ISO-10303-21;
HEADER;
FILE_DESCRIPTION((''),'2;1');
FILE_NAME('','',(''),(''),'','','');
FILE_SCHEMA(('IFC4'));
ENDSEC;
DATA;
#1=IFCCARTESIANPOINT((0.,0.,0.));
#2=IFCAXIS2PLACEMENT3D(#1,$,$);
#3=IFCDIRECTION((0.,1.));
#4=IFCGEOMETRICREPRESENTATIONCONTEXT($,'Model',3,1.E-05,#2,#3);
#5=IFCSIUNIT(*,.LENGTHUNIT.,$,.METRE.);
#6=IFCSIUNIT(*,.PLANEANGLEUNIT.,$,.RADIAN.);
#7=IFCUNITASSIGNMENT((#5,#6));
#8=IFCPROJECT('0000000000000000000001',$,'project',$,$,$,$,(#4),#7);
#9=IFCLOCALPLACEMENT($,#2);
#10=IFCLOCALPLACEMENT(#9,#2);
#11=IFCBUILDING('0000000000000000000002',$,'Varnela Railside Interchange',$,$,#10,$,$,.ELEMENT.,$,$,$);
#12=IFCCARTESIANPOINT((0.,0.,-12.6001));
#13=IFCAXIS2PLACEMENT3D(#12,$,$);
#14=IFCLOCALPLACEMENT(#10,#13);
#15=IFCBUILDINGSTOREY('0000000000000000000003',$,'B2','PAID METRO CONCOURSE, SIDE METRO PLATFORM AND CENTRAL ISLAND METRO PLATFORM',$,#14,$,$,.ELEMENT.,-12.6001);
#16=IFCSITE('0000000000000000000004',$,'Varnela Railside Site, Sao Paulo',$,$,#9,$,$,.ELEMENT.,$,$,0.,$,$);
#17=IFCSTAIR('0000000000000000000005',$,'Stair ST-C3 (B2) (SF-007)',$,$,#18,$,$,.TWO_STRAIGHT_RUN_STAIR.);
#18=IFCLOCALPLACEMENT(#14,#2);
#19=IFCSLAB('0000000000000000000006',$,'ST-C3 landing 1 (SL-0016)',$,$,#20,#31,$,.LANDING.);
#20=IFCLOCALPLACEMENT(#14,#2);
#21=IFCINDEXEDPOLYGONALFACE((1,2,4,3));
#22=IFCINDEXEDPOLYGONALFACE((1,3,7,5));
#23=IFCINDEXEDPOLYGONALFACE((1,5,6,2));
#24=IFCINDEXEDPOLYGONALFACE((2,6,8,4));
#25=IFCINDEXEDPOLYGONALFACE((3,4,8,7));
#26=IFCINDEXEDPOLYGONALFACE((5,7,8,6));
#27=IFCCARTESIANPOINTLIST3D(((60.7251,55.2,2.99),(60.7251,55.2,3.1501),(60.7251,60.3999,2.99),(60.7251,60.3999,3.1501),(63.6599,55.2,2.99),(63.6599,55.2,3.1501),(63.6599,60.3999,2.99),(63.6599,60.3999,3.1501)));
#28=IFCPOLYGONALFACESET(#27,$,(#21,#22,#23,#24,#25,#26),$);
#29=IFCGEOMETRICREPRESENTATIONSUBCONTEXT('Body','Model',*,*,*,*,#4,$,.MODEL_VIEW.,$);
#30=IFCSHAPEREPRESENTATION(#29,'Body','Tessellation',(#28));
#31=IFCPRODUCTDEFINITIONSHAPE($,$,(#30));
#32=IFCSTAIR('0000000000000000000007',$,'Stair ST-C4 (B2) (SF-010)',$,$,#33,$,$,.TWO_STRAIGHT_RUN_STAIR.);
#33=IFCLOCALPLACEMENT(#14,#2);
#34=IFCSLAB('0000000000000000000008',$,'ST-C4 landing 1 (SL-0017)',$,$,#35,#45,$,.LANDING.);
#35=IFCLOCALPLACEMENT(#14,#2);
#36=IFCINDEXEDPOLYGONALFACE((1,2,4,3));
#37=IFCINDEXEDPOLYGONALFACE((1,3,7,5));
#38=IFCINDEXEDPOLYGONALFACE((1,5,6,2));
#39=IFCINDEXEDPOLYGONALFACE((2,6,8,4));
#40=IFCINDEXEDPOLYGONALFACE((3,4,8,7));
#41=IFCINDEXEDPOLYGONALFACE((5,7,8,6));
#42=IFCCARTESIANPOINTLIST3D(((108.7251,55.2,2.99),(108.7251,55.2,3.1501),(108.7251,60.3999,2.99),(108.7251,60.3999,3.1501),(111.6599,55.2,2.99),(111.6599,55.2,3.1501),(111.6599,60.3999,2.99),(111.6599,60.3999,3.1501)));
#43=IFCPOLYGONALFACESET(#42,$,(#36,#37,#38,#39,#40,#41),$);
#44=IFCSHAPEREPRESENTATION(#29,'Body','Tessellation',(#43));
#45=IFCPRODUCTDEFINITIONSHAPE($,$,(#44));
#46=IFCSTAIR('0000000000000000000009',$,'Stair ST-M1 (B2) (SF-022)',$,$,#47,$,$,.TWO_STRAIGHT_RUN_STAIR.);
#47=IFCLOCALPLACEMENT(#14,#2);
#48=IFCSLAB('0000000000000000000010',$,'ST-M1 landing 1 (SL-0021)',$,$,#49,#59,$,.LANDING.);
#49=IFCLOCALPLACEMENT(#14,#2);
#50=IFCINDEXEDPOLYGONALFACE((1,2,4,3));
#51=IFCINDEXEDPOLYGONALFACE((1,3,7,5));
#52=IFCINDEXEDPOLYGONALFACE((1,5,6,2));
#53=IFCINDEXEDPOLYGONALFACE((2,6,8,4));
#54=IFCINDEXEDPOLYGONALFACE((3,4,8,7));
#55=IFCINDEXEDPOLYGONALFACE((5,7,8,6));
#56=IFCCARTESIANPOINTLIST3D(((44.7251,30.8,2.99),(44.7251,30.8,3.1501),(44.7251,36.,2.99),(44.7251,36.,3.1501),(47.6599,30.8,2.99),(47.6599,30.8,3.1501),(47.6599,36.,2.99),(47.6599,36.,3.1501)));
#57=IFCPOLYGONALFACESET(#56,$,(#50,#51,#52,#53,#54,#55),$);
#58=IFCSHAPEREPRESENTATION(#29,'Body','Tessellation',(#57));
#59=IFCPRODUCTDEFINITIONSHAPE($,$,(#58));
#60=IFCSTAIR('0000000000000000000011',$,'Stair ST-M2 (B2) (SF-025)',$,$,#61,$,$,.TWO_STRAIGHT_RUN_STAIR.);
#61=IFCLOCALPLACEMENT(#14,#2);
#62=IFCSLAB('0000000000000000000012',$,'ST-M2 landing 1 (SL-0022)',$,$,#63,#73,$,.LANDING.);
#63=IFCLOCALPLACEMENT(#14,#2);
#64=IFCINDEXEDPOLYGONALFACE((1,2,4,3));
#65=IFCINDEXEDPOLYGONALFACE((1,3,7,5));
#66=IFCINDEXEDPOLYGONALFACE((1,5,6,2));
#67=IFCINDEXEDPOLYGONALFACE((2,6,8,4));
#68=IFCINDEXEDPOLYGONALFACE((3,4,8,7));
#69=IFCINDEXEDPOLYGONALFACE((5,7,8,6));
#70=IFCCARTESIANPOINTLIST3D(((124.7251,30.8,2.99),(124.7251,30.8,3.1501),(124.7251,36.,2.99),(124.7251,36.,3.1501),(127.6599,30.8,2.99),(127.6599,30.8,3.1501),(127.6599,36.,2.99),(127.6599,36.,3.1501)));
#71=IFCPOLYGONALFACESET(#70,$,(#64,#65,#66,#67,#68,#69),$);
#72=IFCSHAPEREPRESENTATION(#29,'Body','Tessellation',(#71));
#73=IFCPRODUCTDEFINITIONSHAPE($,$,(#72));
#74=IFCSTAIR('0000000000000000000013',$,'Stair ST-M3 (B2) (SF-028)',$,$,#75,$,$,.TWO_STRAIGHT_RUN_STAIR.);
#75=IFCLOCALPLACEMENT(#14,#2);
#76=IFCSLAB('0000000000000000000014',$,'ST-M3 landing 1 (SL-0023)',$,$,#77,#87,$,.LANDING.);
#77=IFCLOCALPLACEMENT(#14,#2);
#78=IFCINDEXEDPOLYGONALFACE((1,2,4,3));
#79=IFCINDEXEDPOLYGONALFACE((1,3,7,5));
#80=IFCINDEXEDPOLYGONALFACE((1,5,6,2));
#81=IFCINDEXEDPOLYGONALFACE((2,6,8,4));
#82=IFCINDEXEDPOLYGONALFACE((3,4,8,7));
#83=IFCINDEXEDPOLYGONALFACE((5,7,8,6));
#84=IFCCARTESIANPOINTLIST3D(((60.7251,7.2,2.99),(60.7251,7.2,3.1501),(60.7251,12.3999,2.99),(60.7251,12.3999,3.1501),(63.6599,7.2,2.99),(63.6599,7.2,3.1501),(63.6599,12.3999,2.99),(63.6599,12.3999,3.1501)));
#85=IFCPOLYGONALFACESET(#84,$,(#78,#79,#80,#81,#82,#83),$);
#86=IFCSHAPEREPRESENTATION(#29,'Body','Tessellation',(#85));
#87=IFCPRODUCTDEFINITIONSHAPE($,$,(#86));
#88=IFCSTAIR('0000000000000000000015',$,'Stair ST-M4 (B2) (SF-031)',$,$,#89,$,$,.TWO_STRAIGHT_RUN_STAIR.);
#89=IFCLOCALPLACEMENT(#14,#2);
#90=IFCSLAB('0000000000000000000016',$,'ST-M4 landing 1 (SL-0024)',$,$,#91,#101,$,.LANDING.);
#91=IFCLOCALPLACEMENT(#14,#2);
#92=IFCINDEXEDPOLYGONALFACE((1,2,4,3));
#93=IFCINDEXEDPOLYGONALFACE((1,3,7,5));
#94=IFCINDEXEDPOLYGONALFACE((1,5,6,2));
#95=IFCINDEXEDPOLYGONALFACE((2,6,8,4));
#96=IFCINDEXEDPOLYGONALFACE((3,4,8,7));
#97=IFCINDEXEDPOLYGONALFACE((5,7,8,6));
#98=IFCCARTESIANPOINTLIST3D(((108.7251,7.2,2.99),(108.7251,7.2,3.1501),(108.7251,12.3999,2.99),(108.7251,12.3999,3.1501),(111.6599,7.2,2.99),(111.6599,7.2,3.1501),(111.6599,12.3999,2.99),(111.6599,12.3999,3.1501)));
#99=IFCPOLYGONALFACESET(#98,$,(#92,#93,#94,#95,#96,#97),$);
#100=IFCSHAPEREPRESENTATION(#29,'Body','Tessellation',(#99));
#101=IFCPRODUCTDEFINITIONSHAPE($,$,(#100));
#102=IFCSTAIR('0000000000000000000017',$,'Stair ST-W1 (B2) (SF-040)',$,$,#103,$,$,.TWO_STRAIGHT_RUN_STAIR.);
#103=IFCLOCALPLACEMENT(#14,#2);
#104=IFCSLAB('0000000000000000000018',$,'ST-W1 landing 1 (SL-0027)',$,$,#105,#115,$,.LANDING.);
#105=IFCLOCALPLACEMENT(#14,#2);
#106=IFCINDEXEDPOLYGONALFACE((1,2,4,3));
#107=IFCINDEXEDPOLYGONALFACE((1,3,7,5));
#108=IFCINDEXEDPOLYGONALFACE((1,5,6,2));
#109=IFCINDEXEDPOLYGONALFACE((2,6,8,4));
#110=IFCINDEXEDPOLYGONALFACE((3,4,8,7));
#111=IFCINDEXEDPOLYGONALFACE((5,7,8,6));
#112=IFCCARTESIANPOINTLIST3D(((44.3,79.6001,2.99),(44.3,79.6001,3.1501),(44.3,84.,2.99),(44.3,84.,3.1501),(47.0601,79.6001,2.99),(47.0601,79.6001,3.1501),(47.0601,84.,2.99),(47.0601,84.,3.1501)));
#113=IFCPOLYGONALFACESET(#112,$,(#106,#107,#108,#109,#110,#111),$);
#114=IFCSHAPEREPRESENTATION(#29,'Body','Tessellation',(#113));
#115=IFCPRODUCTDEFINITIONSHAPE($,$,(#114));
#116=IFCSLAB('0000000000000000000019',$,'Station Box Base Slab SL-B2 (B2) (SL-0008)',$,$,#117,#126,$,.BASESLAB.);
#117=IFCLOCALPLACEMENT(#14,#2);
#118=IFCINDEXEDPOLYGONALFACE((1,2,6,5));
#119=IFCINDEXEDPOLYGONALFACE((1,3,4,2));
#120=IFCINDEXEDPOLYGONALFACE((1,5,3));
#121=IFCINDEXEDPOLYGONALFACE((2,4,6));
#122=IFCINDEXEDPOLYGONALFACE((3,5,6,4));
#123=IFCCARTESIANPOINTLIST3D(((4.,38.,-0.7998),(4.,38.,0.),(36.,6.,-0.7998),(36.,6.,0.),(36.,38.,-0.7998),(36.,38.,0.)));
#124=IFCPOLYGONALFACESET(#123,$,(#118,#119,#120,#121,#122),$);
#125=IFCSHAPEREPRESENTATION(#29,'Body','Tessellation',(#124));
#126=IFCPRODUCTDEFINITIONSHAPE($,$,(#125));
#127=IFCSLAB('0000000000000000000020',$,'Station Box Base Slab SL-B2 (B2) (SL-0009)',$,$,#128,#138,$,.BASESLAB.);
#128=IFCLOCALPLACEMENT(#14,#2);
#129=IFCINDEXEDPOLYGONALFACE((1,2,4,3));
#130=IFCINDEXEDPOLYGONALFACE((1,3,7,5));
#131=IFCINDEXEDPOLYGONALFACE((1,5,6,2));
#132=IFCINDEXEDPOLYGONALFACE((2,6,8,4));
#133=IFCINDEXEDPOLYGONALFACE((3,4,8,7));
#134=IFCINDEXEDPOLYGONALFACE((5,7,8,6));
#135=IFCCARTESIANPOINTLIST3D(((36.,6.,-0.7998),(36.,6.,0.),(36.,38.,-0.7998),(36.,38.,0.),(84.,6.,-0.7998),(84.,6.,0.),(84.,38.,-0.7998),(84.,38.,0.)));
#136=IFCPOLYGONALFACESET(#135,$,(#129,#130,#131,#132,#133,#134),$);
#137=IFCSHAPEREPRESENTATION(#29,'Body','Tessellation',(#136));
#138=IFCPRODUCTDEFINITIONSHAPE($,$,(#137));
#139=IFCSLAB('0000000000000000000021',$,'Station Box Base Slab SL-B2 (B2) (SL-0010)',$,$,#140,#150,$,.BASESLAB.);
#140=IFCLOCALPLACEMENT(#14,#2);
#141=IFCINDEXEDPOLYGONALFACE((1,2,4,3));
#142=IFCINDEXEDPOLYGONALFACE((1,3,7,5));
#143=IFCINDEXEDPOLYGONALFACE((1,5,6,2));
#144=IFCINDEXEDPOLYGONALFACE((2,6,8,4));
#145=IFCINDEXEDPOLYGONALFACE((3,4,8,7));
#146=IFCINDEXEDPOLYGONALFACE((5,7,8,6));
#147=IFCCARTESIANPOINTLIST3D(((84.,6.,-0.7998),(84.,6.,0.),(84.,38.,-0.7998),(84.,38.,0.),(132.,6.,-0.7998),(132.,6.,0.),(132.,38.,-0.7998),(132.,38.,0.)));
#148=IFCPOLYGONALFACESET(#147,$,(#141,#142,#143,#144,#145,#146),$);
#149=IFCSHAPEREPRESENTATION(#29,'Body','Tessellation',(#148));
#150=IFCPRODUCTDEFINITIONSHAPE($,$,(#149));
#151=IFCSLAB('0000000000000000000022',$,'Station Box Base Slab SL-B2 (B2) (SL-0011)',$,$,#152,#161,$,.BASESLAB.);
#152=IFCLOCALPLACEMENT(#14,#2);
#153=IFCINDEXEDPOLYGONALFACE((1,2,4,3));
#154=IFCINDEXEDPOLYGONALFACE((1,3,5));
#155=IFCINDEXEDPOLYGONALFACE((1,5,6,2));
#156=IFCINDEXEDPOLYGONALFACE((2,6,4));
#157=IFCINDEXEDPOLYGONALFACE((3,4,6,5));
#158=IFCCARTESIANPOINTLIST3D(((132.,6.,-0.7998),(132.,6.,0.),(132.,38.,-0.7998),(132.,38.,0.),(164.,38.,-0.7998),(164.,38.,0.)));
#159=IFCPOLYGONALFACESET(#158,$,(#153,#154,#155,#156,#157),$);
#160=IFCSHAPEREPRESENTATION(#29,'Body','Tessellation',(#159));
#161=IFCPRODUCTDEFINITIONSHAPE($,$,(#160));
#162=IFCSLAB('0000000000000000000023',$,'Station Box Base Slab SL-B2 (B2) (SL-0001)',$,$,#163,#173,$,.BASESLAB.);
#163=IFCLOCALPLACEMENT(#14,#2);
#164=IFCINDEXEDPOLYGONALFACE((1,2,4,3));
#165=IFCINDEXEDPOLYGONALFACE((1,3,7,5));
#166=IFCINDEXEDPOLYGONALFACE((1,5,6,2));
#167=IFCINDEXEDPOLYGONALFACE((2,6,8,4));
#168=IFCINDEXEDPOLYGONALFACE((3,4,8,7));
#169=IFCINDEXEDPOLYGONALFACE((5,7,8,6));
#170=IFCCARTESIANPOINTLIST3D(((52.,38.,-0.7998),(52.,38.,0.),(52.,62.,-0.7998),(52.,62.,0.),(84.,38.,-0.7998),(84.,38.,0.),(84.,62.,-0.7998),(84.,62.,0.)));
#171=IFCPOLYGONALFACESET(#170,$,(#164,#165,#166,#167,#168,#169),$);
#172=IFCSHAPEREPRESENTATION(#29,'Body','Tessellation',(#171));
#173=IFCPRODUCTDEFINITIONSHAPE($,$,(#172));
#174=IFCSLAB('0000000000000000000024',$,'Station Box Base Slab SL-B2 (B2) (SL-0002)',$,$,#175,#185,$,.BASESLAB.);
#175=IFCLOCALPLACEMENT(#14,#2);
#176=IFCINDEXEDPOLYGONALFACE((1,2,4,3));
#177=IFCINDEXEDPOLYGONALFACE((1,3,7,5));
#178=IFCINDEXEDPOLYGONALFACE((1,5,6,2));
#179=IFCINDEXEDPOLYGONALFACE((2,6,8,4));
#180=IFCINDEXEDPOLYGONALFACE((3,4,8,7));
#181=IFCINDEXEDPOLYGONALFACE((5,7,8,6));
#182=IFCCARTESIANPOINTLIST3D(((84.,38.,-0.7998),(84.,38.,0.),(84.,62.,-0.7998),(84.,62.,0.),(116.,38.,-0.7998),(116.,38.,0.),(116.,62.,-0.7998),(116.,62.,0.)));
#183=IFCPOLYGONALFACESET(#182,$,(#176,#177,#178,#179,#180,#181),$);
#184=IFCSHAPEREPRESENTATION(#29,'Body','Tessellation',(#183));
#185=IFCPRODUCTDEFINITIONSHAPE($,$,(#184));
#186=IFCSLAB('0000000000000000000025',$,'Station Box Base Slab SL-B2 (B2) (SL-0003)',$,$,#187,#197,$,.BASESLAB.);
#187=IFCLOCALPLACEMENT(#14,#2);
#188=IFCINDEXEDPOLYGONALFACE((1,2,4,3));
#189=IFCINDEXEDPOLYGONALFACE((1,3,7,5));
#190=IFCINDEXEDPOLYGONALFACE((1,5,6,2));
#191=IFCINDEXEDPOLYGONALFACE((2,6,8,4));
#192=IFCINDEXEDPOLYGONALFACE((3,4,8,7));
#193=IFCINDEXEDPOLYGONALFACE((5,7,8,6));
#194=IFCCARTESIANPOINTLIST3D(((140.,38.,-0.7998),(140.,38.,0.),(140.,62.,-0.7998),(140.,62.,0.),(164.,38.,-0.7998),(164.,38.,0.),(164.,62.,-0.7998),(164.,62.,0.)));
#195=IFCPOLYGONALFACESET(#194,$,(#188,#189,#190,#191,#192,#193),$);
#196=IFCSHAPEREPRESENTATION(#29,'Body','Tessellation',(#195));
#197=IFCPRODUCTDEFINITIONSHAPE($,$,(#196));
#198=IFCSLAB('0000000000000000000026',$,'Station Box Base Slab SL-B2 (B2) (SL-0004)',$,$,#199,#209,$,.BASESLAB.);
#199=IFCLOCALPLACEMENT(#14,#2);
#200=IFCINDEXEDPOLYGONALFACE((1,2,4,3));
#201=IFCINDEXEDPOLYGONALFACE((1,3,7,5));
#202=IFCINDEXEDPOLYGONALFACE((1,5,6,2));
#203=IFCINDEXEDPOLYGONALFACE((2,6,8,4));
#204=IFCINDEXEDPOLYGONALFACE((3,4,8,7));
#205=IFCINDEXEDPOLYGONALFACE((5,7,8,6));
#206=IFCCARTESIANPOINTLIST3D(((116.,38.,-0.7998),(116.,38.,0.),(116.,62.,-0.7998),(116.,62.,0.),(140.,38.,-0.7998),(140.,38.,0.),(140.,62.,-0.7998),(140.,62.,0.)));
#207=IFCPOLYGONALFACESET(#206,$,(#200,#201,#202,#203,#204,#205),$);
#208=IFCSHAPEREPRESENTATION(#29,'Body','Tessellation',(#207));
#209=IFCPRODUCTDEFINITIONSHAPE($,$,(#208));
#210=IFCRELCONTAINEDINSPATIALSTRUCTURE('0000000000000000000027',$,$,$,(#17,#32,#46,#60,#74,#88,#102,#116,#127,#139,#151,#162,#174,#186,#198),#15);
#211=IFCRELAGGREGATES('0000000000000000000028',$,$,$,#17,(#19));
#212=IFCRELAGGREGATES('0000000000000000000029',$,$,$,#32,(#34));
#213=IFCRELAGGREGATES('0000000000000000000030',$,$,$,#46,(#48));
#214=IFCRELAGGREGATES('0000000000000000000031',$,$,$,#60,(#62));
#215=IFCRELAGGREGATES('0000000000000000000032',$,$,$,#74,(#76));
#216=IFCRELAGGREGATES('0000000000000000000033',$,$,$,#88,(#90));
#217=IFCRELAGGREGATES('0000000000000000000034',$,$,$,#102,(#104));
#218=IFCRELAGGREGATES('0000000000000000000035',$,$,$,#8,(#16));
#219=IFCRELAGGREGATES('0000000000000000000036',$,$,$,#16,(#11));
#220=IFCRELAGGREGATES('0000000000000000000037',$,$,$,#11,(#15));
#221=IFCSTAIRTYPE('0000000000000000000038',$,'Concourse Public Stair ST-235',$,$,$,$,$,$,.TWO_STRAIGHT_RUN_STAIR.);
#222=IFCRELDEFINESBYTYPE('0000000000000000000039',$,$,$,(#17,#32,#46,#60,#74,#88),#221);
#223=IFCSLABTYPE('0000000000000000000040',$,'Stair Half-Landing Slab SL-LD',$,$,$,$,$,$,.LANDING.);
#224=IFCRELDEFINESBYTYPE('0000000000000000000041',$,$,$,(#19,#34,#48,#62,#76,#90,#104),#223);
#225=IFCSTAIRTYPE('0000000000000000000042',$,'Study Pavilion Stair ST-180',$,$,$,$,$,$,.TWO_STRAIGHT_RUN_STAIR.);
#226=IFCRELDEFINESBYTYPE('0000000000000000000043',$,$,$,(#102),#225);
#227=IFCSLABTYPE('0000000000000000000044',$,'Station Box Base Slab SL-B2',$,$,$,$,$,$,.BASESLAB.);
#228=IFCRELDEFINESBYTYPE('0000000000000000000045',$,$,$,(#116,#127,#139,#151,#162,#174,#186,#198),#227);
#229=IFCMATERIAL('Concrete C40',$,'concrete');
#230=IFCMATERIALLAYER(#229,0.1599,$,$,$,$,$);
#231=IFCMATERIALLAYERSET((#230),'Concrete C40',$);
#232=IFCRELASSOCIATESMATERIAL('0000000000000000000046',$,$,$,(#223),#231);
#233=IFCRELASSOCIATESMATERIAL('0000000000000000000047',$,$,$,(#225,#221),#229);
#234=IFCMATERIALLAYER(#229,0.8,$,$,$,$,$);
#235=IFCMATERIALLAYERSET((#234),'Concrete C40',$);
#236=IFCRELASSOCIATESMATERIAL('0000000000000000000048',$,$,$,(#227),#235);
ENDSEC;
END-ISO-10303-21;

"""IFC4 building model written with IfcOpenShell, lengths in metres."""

from ifc_helpers import new_model, si_unit, direction, frame, origin, place, context, subcontext, project, spatial, polyline, outline, extrude, material, layer, layer_set, type_object, element, aggregate, save


model = new_model("IFC4")

# Units and contexts
model_context = context("Model", 3, precision=1e-05, world=origin(), true_north=direction((0.0, 1.0)))
body_context = subcontext(model_context, "Body", "Model", "MODEL_VIEW")
ifc_project = project(units=[si_unit("LENGTHUNIT", "METRE"), si_unit("PLANEANGLEUNIT", "RADIAN")], contexts=[model_context])

# Site, building, storey
site_placement = place(None, origin())
site = spatial("IfcSite", under=ifc_project, at=site_placement, Name="Varnela Railside Site, Sao Paulo", CompositionType="ELEMENT", RefElevation=0.0)
building_placement = place(site_placement, origin())
building = spatial("IfcBuilding", under=site, at=building_placement, Name="Varnela Railside Interchange", CompositionType="ELEMENT")
storey_placement = place(building_placement, frame((0.0, 0.0, -12.6001)))
storey = spatial("IfcBuildingStorey", under=building, at=storey_placement, Name="B2", Description="PAID METRO CONCOURSE, SIDE METRO PLATFORM AND CENTRAL ISLAND METRO PLATFORM", CompositionType="ELEMENT", Elevation=-12.6001)

# Shared definitions
ifc_material_1 = material(Name="Concrete C40", Category="concrete")

# Stairs, slabs
ifc_layer_1 = layer(ifc_material_1, 0.1599)
ifc_layer_set_1 = layer_set([ifc_layer_1], Name="Concrete C40")
slab_type_1 = type_object("IfcSlabType", Name="Stair Half-Landing Slab SL-LD", PredefinedType="LANDING", material=ifc_layer_set_1)
stair_type_1 = type_object("IfcStairType", Name="Study Pavilion Stair ST-180", PredefinedType="TWO_STRAIGHT_RUN_STAIR", material=ifc_material_1)
stair_type_2 = type_object("IfcStairType", Name="Concourse Public Stair ST-235", PredefinedType="TWO_STRAIGHT_RUN_STAIR", material=ifc_material_1)
stair_1_placement = place(storey_placement, origin())
stair_1 = element("IfcStair", 1, at=stair_1_placement, inside=storey, type_object=stair_type_2, Name="Stair ST-C3 (B2) (SF-007)", PredefinedType="TWO_STRAIGHT_RUN_STAIR")
slab_1_placement = place(storey_placement, frame((0.0, 0.0, 2.99)))
slab_1 = element("IfcSlab", 2, at=slab_1_placement, type_object=slab_type_1, Name="ST-C3 landing 1 (SL-0016)", PredefinedType="LANDING", context=body_context, shape_type="SweptSolid", body=[
    extrude(outline(polyline([(60.7251, 55.2), (63.6599, 55.2), (63.6599, 60.3999), (60.7251, 60.3999), (60.7251, 55.2)])), origin(), (0.0, 0.0, 1.0), 0.1602),
])
aggregate(stair_1, [slab_1])
stair_2_placement = place(storey_placement, origin())
stair_2 = element("IfcStair", 3, at=stair_2_placement, inside=storey, type_object=stair_type_2, Name="Stair ST-C4 (B2) (SF-010)", PredefinedType="TWO_STRAIGHT_RUN_STAIR")
slab_2_placement = place(storey_placement, frame((0.0, 0.0, 2.99)))
slab_2 = element("IfcSlab", 4, at=slab_2_placement, type_object=slab_type_1, Name="ST-C4 landing 1 (SL-0017)", PredefinedType="LANDING", context=body_context, shape_type="SweptSolid", body=[
    extrude(outline(polyline([(108.7251, 55.2), (111.6599, 55.2), (111.6599, 60.3999), (108.7251, 60.3999), (108.7251, 55.2)])), origin(), (0.0, 0.0, 1.0), 0.1602),
])
aggregate(stair_2, [slab_2])
stair_3_placement = place(storey_placement, origin())
stair_3 = element("IfcStair", 5, at=stair_3_placement, inside=storey, type_object=stair_type_2, Name="Stair ST-M1 (B2) (SF-022)", PredefinedType="TWO_STRAIGHT_RUN_STAIR")
slab_3_placement = place(storey_placement, frame((0.0, 0.0, 2.99)))
slab_3 = element("IfcSlab", 6, at=slab_3_placement, type_object=slab_type_1, Name="ST-M1 landing 1 (SL-0021)", PredefinedType="LANDING", context=body_context, shape_type="SweptSolid", body=[
    extrude(outline(polyline([(44.7251, 30.8), (47.6599, 30.8), (47.6599, 36.0), (44.7251, 36.0), (44.7251, 30.8)])), origin(), (0.0, 0.0, 1.0), 0.1602),
])
aggregate(stair_3, [slab_3])
stair_4_placement = place(storey_placement, origin())
stair_4 = element("IfcStair", 7, at=stair_4_placement, inside=storey, type_object=stair_type_2, Name="Stair ST-M2 (B2) (SF-025)", PredefinedType="TWO_STRAIGHT_RUN_STAIR")
slab_4_placement = place(storey_placement, frame((0.0, 0.0, 2.99)))
slab_4 = element("IfcSlab", 8, at=slab_4_placement, type_object=slab_type_1, Name="ST-M2 landing 1 (SL-0022)", PredefinedType="LANDING", context=body_context, shape_type="SweptSolid", body=[
    extrude(outline(polyline([(124.7251, 30.8), (127.6599, 30.8), (127.6599, 36.0), (124.7251, 36.0), (124.7251, 30.8)])), origin(), (0.0, 0.0, 1.0), 0.1602),
])
aggregate(stair_4, [slab_4])
stair_5_placement = place(storey_placement, origin())
stair_5 = element("IfcStair", 9, at=stair_5_placement, inside=storey, type_object=stair_type_2, Name="Stair ST-M3 (B2) (SF-028)", PredefinedType="TWO_STRAIGHT_RUN_STAIR")
slab_5_placement = place(storey_placement, frame((0.0, 0.0, 2.99)))
slab_5 = element("IfcSlab", 10, at=slab_5_placement, type_object=slab_type_1, Name="ST-M3 landing 1 (SL-0023)", PredefinedType="LANDING", context=body_context, shape_type="SweptSolid", body=[
    extrude(outline(polyline([(60.7251, 7.2), (63.6599, 7.2), (63.6599, 12.3999), (60.7251, 12.3999), (60.7251, 7.2)])), origin(), (0.0, 0.0, 1.0), 0.1602),
])
aggregate(stair_5, [slab_5])
stair_6_placement = place(storey_placement, origin())
stair_6 = element("IfcStair", 11, at=stair_6_placement, inside=storey, type_object=stair_type_2, Name="Stair ST-M4 (B2) (SF-031)", PredefinedType="TWO_STRAIGHT_RUN_STAIR")
slab_6_placement = place(storey_placement, frame((0.0, 0.0, 2.99)))
slab_6 = element("IfcSlab", 12, at=slab_6_placement, type_object=slab_type_1, Name="ST-M4 landing 1 (SL-0024)", PredefinedType="LANDING", context=body_context, shape_type="SweptSolid", body=[
    extrude(outline(polyline([(108.7251, 7.2), (111.6599, 7.2), (111.6599, 12.3999), (108.7251, 12.3999), (108.7251, 7.2)])), origin(), (0.0, 0.0, 1.0), 0.1602),
])
aggregate(stair_6, [slab_6])
stair_7_placement = place(storey_placement, origin())
stair_7 = element("IfcStair", 13, at=stair_7_placement, inside=storey, type_object=stair_type_1, Name="Stair ST-W1 (B2) (SF-040)", PredefinedType="TWO_STRAIGHT_RUN_STAIR")
slab_7_placement = place(storey_placement, frame((0.0, 0.0, 2.99)))
slab_7 = element("IfcSlab", 14, at=slab_7_placement, type_object=slab_type_1, Name="ST-W1 landing 1 (SL-0027)", PredefinedType="LANDING", context=body_context, shape_type="SweptSolid", body=[
    extrude(outline(polyline([(44.3, 79.6001), (47.0601, 79.6001), (47.0601, 84.0), (44.3, 84.0), (44.3, 79.6001)])), origin(), (0.0, 0.0, 1.0), 0.1602),
])
aggregate(stair_7, [slab_7])

# Slabs
ifc_layer_2 = layer(ifc_material_1, 0.8)
ifc_layer_set_2 = layer_set([ifc_layer_2], Name="Concrete C40")
slab_type_2 = type_object("IfcSlabType", Name="Station Box Base Slab SL-B2", PredefinedType="BASESLAB", material=ifc_layer_set_2)
slab_8_placement = place(storey_placement, frame((0.0, 0.0, -0.7998)))
element("IfcSlab", 15, at=slab_8_placement, inside=storey, type_object=slab_type_2, Name="Station Box Base Slab SL-B2 (B2) (SL-0008)", PredefinedType="BASESLAB", context=body_context, shape_type="SweptSolid", body=[
    extrude(outline(polyline([(4.0, 38.0), (36.0, 6.0), (36.0, 38.0), (4.0, 38.0)])), origin(), (0.0, 0.0, 1.0), 0.7998),
])
slab_9_placement = place(storey_placement, frame((0.0, 0.0, -0.7998)))
element("IfcSlab", 16, at=slab_9_placement, inside=storey, type_object=slab_type_2, Name="Station Box Base Slab SL-B2 (B2) (SL-0009)", PredefinedType="BASESLAB", context=body_context, shape_type="SweptSolid", body=[
    extrude(outline(polyline([(36.0, 6.0), (84.0, 6.0), (84.0, 38.0), (36.0, 38.0), (36.0, 6.0)])), origin(), (0.0, 0.0, 1.0), 0.7998),
])
slab_10_placement = place(storey_placement, frame((0.0, 0.0, -0.7998)))
element("IfcSlab", 17, at=slab_10_placement, inside=storey, type_object=slab_type_2, Name="Station Box Base Slab SL-B2 (B2) (SL-0010)", PredefinedType="BASESLAB", context=body_context, shape_type="SweptSolid", body=[
    extrude(outline(polyline([(84.0, 6.0), (132.0, 6.0), (132.0, 38.0), (84.0, 38.0), (84.0, 6.0)])), origin(), (0.0, 0.0, 1.0), 0.7998),
])
slab_11_placement = place(storey_placement, frame((0.0, 0.0, -0.7998)))
element("IfcSlab", 18, at=slab_11_placement, inside=storey, type_object=slab_type_2, Name="Station Box Base Slab SL-B2 (B2) (SL-0011)", PredefinedType="BASESLAB", context=body_context, shape_type="SweptSolid", body=[
    extrude(outline(polyline([(132.0, 6.0), (164.0, 38.0), (132.0, 38.0), (132.0, 6.0)])), origin(), (0.0, 0.0, 1.0), 0.7998),
])
slab_12_placement = place(storey_placement, frame((0.0, 0.0, -0.7998)))
element("IfcSlab", 19, at=slab_12_placement, inside=storey, type_object=slab_type_2, Name="Station Box Base Slab SL-B2 (B2) (SL-0001)", PredefinedType="BASESLAB", context=body_context, shape_type="SweptSolid", body=[
    extrude(outline(polyline([(52.0, 38.0), (84.0, 38.0), (84.0, 62.0), (52.0, 62.0), (52.0, 38.0)])), origin(), (0.0, 0.0, 1.0), 0.7998),
])
slab_13_placement = place(storey_placement, frame((0.0, 0.0, -0.7998)))
element("IfcSlab", 20, at=slab_13_placement, inside=storey, type_object=slab_type_2, Name="Station Box Base Slab SL-B2 (B2) (SL-0002)", PredefinedType="BASESLAB", context=body_context, shape_type="SweptSolid", body=[
    extrude(outline(polyline([(84.0, 38.0), (116.0, 38.0), (116.0, 62.0), (84.0, 62.0), (84.0, 38.0)])), origin(), (0.0, 0.0, 1.0), 0.7998),
])
slab_14_placement = place(storey_placement, frame((0.0, 0.0, -0.7998)))
element("IfcSlab", 21, at=slab_14_placement, inside=storey, type_object=slab_type_2, Name="Station Box Base Slab SL-B2 (B2) (SL-0003)", PredefinedType="BASESLAB", context=body_context, shape_type="SweptSolid", body=[
    extrude(outline(polyline([(140.0, 38.0), (164.0, 38.0), (164.0, 62.0), (140.0, 62.0), (140.0, 38.0)])), origin(), (0.0, 0.0, 1.0), 0.7998),
])
slab_15_placement = place(storey_placement, frame((0.0, 0.0, -0.7998)))
element("IfcSlab", 22, at=slab_15_placement, inside=storey, type_object=slab_type_2, Name="Station Box Base Slab SL-B2 (B2) (SL-0004)", PredefinedType="BASESLAB", context=body_context, shape_type="SweptSolid", body=[
    extrude(outline(polyline([(116.0, 38.0), (140.0, 38.0), (140.0, 62.0), (116.0, 62.0), (116.0, 38.0)])), origin(), (0.0, 0.0, 1.0), 0.7998),
])

save(model, "model.ifc")
